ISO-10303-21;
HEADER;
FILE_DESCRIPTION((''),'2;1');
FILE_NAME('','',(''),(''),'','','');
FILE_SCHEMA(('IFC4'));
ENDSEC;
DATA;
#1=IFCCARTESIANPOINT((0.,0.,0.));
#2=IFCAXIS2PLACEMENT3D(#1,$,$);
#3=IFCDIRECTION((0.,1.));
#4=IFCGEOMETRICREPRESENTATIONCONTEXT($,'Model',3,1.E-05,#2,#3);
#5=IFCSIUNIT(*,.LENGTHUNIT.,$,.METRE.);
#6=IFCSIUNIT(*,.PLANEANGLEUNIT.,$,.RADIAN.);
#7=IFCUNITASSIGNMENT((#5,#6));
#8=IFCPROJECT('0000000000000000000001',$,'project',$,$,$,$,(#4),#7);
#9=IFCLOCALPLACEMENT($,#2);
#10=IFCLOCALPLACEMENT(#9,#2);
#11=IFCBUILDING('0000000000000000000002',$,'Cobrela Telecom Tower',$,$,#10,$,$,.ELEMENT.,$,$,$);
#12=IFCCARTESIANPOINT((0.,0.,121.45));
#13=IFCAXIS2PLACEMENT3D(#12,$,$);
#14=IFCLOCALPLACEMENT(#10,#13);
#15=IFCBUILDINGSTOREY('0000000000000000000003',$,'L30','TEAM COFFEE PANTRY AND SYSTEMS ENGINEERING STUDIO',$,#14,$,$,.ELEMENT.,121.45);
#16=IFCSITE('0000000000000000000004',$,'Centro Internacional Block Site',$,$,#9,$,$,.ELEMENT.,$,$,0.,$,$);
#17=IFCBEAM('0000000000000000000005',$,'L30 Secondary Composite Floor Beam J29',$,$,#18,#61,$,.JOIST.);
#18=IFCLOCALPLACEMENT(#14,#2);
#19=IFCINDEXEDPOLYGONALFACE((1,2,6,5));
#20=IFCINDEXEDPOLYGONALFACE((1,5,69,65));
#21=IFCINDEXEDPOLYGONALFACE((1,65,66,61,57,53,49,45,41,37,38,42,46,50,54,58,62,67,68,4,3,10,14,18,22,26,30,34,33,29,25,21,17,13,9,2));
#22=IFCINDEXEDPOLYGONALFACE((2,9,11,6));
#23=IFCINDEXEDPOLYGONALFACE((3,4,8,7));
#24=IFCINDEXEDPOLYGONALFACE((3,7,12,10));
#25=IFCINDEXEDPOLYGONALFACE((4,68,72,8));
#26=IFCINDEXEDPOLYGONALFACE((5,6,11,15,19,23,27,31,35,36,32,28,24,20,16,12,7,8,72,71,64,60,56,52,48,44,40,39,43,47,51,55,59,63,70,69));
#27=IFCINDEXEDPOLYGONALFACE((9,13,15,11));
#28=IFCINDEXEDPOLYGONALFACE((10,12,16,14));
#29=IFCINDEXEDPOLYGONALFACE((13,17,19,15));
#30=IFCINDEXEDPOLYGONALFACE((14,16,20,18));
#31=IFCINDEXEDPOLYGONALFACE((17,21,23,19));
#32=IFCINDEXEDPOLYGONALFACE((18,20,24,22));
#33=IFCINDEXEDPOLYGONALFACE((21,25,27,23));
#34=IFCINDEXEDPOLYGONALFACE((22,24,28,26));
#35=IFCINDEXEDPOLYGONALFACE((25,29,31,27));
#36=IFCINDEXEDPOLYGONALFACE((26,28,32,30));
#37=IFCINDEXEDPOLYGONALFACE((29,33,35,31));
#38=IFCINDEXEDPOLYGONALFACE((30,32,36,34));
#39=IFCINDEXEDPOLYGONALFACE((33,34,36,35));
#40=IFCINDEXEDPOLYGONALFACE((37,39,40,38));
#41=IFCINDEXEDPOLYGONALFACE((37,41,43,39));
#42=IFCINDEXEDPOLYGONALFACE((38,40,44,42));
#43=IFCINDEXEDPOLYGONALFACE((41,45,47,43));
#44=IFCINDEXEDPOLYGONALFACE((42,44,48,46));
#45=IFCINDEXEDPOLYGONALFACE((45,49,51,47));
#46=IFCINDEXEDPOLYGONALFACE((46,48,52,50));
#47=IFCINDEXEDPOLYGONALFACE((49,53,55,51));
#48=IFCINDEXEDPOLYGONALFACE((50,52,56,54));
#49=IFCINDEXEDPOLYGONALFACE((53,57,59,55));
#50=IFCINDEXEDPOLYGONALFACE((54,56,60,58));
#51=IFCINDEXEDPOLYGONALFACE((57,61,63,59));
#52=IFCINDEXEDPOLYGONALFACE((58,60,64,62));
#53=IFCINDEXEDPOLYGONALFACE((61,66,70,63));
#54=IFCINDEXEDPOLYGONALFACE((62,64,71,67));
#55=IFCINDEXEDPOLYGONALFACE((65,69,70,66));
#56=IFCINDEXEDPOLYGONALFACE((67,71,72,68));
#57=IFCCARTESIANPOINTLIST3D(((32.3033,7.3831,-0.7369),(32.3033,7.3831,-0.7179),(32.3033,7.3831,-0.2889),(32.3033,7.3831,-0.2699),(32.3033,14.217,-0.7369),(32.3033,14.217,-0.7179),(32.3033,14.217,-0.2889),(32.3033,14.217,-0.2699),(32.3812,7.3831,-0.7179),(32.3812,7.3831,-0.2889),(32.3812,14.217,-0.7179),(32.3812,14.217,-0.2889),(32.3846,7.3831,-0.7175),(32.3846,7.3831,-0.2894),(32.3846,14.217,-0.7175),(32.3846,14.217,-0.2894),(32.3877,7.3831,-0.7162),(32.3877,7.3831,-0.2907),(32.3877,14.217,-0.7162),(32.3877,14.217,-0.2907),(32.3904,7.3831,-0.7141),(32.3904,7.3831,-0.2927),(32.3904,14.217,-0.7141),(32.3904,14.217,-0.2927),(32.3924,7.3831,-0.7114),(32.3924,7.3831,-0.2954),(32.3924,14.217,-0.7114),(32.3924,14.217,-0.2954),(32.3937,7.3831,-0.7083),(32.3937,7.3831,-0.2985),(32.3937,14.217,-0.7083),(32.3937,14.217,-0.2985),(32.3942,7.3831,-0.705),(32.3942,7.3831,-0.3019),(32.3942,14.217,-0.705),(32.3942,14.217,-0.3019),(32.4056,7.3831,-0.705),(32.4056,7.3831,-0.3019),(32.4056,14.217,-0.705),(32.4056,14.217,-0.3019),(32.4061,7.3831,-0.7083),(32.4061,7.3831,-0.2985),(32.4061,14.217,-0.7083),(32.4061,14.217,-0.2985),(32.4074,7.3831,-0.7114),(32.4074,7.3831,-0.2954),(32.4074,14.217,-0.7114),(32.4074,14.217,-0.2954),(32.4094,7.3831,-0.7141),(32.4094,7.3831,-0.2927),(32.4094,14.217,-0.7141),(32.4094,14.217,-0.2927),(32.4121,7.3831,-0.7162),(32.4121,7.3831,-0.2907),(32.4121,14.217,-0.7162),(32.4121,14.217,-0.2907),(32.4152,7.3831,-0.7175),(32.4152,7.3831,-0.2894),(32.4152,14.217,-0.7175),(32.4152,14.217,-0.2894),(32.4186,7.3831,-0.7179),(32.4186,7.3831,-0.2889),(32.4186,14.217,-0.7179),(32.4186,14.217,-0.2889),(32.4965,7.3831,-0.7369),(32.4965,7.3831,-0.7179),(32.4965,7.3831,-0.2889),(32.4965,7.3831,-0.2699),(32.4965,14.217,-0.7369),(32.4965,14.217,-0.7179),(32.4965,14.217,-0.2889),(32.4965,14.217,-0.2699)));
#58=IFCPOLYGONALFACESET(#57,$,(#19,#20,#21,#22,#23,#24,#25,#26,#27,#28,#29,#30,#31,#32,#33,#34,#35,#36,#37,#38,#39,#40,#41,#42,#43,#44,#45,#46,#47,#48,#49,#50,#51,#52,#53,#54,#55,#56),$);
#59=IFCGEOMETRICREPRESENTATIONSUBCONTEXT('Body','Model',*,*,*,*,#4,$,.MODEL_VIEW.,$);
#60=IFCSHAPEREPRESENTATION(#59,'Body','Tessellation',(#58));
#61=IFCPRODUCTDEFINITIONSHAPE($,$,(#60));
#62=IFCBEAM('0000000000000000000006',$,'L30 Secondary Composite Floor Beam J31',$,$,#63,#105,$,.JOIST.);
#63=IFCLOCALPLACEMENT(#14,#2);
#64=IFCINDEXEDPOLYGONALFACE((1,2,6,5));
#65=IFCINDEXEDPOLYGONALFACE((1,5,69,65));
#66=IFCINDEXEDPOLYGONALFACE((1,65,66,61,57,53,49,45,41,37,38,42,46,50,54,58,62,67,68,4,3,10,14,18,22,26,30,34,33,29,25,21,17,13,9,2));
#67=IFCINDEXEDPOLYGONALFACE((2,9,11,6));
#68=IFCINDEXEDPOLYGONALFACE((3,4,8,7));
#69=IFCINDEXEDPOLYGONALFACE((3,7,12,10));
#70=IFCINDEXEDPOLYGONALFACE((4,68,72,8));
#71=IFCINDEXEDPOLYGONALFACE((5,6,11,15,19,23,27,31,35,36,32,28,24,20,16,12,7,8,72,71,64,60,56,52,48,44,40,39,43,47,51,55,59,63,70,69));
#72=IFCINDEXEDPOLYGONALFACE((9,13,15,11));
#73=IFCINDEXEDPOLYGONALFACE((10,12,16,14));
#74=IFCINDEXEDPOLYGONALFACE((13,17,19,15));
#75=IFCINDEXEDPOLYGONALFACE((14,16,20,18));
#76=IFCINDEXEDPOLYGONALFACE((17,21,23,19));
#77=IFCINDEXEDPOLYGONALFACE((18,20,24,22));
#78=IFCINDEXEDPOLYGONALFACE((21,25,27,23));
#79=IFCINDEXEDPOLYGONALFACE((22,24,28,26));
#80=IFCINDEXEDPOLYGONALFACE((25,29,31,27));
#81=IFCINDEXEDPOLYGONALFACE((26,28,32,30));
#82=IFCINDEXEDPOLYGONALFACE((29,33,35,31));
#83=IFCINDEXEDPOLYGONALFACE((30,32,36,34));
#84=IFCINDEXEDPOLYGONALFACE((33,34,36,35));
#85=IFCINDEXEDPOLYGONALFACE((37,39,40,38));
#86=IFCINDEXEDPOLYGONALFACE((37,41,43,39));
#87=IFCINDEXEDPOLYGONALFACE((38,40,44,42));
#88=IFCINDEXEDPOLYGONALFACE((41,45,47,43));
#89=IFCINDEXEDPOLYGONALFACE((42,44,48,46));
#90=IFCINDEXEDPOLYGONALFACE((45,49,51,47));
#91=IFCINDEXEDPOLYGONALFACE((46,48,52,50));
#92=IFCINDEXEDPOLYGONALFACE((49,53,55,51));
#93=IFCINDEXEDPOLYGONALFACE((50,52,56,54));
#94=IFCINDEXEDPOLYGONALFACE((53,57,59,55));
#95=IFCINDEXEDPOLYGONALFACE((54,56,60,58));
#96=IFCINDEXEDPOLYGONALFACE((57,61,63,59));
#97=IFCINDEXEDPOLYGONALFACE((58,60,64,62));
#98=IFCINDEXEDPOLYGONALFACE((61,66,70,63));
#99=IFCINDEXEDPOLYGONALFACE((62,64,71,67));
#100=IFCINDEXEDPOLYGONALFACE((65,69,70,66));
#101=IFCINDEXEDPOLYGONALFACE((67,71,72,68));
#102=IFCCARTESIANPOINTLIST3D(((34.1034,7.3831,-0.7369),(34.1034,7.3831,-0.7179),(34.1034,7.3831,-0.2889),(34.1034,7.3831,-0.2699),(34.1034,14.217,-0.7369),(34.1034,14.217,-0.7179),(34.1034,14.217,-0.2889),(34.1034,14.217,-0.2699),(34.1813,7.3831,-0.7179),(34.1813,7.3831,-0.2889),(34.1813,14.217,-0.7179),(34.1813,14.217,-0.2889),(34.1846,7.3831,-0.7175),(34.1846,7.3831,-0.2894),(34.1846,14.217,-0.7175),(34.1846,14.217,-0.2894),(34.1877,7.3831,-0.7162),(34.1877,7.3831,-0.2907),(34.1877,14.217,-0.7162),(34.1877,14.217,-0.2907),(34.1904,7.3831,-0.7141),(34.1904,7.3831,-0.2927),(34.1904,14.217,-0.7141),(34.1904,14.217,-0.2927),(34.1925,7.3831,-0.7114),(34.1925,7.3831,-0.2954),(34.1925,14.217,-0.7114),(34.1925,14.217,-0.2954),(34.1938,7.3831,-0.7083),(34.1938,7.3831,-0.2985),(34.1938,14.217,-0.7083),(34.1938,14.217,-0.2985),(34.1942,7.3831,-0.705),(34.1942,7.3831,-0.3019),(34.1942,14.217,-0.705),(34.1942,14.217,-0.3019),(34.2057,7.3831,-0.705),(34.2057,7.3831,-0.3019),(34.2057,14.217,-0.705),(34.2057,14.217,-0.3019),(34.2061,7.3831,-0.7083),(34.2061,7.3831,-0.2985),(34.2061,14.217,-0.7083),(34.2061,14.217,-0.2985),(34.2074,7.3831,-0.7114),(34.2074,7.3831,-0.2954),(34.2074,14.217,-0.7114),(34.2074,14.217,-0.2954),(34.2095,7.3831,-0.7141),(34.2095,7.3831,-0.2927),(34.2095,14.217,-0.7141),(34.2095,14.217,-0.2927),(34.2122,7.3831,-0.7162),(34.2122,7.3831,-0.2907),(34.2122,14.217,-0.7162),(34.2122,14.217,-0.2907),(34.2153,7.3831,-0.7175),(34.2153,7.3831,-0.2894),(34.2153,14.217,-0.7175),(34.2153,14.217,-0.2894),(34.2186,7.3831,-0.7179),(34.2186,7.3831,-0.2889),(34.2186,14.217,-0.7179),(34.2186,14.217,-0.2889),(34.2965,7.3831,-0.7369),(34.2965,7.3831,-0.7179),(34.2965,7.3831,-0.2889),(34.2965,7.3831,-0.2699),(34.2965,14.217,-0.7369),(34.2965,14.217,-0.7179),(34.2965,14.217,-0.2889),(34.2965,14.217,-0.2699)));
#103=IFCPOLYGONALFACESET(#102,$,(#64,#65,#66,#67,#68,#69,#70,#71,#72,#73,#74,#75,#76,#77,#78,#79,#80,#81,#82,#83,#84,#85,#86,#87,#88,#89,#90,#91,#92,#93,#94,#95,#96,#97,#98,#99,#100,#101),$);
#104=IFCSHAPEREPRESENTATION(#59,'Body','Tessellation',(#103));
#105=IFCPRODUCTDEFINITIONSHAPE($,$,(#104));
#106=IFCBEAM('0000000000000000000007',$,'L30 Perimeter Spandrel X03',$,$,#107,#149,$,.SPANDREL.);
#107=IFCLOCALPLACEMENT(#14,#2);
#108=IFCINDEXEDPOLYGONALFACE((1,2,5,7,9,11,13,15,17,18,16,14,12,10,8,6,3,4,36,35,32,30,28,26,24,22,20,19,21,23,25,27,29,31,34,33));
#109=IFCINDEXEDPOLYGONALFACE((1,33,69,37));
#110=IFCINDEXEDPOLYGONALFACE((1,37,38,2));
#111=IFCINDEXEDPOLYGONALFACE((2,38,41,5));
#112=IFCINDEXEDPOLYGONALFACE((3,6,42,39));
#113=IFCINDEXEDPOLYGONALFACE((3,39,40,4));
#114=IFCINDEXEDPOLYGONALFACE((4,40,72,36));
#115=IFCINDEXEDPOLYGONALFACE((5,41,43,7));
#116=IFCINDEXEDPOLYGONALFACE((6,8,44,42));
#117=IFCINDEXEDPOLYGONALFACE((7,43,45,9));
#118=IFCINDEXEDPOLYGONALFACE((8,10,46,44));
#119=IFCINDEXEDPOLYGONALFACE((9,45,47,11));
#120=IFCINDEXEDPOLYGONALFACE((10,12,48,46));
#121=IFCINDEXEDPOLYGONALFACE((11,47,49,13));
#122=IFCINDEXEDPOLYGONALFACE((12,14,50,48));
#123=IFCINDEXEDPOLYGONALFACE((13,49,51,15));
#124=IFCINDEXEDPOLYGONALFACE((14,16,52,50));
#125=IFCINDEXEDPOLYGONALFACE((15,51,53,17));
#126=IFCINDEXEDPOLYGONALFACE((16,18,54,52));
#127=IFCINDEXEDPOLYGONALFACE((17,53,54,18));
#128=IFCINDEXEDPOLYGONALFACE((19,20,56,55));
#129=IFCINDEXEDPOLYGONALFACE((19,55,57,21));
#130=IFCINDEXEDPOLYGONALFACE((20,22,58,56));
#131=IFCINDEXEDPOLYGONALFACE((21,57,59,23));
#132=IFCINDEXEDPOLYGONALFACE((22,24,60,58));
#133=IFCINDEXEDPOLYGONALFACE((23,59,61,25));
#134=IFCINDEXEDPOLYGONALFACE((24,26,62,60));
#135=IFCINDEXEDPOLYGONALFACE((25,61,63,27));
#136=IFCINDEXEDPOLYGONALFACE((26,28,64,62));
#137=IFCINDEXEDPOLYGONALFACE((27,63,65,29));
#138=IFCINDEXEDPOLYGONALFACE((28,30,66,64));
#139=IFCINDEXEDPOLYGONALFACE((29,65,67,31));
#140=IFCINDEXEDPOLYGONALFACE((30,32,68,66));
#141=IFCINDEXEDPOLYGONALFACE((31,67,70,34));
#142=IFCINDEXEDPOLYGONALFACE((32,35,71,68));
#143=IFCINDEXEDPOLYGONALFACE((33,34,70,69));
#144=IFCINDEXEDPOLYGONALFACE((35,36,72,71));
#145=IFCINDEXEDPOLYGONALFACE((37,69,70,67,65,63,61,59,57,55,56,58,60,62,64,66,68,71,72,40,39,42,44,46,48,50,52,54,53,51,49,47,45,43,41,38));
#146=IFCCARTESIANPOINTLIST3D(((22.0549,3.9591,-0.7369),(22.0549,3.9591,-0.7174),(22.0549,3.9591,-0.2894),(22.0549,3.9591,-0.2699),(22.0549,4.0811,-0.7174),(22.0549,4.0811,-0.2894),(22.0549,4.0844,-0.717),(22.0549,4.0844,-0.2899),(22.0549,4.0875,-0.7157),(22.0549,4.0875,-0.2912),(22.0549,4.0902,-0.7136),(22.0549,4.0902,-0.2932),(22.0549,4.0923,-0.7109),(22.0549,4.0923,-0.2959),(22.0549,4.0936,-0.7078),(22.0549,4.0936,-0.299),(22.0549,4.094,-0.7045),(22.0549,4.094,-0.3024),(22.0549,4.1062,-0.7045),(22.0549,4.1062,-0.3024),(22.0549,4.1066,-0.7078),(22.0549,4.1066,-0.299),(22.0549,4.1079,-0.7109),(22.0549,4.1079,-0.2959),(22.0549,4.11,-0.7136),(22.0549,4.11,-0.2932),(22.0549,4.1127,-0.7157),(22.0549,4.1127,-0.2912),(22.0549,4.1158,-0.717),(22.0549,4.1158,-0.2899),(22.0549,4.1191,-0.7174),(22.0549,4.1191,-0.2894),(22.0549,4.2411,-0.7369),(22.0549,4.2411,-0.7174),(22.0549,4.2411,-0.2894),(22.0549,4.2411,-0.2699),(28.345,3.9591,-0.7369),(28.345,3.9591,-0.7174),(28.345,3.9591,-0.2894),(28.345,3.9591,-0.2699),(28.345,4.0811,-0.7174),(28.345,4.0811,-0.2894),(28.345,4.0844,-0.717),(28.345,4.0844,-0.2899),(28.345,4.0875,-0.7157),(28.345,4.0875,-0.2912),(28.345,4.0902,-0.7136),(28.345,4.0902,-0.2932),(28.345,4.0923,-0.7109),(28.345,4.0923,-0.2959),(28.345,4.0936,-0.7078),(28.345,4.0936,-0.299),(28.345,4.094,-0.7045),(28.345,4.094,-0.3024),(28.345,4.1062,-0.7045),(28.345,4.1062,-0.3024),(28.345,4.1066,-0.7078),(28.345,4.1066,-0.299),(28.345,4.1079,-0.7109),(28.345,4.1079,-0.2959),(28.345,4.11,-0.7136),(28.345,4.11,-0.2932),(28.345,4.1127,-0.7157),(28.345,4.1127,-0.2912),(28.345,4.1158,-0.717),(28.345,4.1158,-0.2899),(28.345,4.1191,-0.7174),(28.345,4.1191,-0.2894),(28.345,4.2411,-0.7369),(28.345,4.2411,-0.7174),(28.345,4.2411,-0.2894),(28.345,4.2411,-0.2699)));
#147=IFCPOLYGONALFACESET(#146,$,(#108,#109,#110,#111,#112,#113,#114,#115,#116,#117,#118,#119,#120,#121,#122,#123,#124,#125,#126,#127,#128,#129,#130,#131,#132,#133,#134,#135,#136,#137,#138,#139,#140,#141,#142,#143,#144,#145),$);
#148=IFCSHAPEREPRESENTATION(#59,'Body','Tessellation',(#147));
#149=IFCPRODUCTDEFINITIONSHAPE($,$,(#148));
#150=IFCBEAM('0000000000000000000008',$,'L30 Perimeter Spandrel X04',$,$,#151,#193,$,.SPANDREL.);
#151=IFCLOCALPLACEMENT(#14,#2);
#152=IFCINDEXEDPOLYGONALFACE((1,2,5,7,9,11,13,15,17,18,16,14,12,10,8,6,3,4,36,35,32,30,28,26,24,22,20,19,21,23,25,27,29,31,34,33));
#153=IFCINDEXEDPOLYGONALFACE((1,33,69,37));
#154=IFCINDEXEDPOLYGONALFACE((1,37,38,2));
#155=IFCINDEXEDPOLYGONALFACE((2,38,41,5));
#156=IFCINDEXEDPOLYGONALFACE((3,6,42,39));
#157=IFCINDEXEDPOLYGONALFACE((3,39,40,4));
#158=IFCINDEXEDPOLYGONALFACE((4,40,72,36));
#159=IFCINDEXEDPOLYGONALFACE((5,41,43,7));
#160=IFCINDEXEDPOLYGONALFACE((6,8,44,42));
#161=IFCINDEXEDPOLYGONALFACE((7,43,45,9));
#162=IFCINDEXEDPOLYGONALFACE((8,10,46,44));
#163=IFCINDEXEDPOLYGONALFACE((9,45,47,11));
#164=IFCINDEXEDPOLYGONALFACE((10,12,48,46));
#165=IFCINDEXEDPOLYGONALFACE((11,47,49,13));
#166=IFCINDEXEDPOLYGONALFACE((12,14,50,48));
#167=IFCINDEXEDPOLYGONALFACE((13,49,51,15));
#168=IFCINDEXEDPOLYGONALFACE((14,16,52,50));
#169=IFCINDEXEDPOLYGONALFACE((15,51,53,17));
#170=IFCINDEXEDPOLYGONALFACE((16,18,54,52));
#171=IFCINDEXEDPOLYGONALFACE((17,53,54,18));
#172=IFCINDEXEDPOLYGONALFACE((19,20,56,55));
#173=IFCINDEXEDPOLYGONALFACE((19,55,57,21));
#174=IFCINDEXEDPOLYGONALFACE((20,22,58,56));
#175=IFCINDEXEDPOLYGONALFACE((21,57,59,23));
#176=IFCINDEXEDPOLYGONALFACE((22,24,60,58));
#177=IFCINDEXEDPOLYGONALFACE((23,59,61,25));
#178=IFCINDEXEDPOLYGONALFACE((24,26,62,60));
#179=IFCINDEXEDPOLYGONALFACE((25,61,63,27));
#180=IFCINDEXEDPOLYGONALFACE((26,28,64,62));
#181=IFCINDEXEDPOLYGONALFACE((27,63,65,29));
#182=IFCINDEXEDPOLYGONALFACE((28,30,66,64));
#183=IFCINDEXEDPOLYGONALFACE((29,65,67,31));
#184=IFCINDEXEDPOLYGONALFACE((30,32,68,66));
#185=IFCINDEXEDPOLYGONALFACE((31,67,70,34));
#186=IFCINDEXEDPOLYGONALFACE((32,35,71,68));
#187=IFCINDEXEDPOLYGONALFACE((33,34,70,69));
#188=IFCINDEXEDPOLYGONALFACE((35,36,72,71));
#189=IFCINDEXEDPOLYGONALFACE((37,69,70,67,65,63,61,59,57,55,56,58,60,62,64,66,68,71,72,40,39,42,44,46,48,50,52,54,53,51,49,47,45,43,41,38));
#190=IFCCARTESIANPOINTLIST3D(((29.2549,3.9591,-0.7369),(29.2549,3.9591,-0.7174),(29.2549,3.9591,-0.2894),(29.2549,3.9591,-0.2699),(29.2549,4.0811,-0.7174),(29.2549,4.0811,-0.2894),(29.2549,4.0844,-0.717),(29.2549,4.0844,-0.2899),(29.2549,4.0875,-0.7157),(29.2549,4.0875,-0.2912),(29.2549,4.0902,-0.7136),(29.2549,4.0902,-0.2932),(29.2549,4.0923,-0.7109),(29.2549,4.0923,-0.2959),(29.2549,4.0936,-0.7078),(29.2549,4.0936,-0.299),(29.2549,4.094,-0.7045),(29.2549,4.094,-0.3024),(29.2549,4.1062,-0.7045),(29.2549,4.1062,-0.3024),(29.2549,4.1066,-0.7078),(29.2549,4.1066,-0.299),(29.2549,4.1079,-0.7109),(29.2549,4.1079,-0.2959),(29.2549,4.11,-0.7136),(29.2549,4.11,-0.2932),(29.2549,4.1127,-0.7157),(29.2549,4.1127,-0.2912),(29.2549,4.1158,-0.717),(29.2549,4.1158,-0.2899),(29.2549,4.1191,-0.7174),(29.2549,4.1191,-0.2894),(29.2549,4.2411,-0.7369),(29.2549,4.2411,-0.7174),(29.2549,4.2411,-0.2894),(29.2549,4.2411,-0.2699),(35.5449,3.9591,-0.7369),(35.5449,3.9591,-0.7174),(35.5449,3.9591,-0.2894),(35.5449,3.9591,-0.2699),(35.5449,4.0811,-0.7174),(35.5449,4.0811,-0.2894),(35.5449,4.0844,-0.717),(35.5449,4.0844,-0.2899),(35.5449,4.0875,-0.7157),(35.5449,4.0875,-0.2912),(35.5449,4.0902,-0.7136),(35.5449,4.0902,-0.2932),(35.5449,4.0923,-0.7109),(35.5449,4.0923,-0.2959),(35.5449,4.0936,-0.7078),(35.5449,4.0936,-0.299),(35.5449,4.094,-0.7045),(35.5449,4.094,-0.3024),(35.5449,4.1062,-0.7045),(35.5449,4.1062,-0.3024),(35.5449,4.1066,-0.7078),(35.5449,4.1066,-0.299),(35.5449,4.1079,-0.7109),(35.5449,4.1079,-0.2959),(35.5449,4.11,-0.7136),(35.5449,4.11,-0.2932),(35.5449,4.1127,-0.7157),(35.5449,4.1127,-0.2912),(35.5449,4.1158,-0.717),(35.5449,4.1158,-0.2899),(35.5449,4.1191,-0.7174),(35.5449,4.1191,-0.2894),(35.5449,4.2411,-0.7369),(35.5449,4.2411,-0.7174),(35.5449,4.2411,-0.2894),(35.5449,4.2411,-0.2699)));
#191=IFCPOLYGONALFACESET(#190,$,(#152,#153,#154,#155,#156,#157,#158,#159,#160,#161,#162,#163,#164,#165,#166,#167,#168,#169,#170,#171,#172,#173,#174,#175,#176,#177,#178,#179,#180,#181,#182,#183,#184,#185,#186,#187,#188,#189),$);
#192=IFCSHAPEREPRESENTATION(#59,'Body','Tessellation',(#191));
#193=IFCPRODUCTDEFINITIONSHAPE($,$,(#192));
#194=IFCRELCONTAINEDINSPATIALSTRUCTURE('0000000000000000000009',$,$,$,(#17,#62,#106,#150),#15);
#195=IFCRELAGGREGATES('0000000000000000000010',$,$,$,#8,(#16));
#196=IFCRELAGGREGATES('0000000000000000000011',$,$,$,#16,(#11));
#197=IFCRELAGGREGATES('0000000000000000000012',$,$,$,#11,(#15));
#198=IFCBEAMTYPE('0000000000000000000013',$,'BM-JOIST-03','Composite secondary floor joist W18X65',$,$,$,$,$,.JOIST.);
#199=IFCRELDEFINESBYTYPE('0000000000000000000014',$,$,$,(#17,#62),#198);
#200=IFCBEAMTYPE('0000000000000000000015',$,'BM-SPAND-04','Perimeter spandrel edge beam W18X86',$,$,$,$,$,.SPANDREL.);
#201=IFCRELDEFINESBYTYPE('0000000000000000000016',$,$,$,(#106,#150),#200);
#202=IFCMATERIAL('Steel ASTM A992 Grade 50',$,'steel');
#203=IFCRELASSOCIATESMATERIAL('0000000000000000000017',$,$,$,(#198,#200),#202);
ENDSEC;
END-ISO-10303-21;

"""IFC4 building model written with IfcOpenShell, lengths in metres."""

from ifc_helpers import new_model, si_unit, direction, frame, origin, origin_2d, place, context, subcontext, project, spatial, i_section, extrude, material, material_profile, profile_set, type_object, element, save


model = new_model("IFC4")

# Units and contexts
model_context = context("Model", 3, precision=1e-05, world=origin(), true_north=direction((0.0, 1.0)))
body_context = subcontext(model_context, "Body", "Model", "MODEL_VIEW")
ifc_project = project(units=[si_unit("LENGTHUNIT", "METRE"), si_unit("PLANEANGLEUNIT", "RADIAN")], contexts=[model_context])

# Site, building, storey
site_placement = place(None, origin())
site = spatial("IfcSite", under=ifc_project, at=site_placement, Name="Centro Internacional Block Site", CompositionType="ELEMENT", RefElevation=0.0)
building_placement = place(site_placement, origin())
building = spatial("IfcBuilding", under=site, at=building_placement, Name="Cobrela Telecom Tower", CompositionType="ELEMENT")
storey_placement = place(building_placement, frame((0.0, 0.0, 121.45)))
storey = spatial("IfcBuildingStorey", under=building, at=storey_placement, Name="L30", Description="TEAM COFFEE PANTRY AND SYSTEMS ENGINEERING STUDIO", CompositionType="ELEMENT", Elevation=121.45)

# Shared definitions
ifc_material_1 = material(Name="Steel ASTM A992 Grade 50", Category="steel")

# Beams
ifc_material_profile_1 = material_profile(ifc_material_1, i_section(OverallWidth=0.1931, OverallDepth=0.467, WebThickness=0.0115, FlangeThickness=0.019, FilletRadius=0.0129, at=origin_2d()), Name="W18X65")
ifc_profile_set_1 = profile_set([ifc_material_profile_1], Name="Steel ASTM A992 Grade 50")
beam_type_1 = type_object("IfcBeamType", Name="BM-JOIST-03", Description="Composite secondary floor joist W18X65", PredefinedType="JOIST", material=ifc_profile_set_1)
for number, where, z_axis, x_axis, name in (
    (1, (32.3999, 7.3831, -0.5034), (0.0, 1.0, 0.0), (-1.0, 0.0, 0.0), "L30 Secondary Composite Floor Beam J29"),
    (2, (34.2, 7.3831, -0.5034), (0.0, 1.0, 0.0), (-1.0, 0.0, 0.0), "L30 Secondary Composite Floor Beam J31"),
):
    element("IfcBeam", number, at=place(storey_placement, frame(where, z_axis=z_axis, x_axis=x_axis)), inside=storey, type_object=beam_type_1, Name=name, PredefinedType="JOIST", context=body_context, shape_type="SweptSolid", body=[
        extrude(i_section(OverallWidth=0.1931, OverallDepth=0.467, WebThickness=0.0115, FlangeThickness=0.019, FilletRadius=0.0129, at=origin_2d()), origin(), (0.0, 0.0, 1.0), 6.834),
    ])
ifc_material_profile_2 = material_profile(ifc_material_1, i_section(OverallWidth=0.282, OverallDepth=0.467, WebThickness=0.0122, FlangeThickness=0.0195, FilletRadius=0.0129, at=origin_2d()), Name="W18X86")
ifc_profile_set_2 = profile_set([ifc_material_profile_2], Name="Steel ASTM A992 Grade 50")
beam_type_2 = type_object("IfcBeamType", Name="BM-SPAND-04", Description="Perimeter spandrel edge beam W18X86", PredefinedType="SPANDREL", material=ifc_profile_set_2)
for number, where, z_axis, x_axis, name in (
    (3, (22.0549, 4.1001, -0.5034), (1.0, 0.0, 0.0), (0.0, 1.0, 0.0), "L30 Perimeter Spandrel X03"),
    (4, (29.2549, 4.1001, -0.5034), (1.0, 0.0, 0.0), (0.0, 1.0, 0.0), "L30 Perimeter Spandrel X04"),
):
    element("IfcBeam", number, at=place(storey_placement, frame(where, z_axis=z_axis, x_axis=x_axis)), inside=storey, type_object=beam_type_2, Name=name, PredefinedType="SPANDREL", context=body_context, shape_type="SweptSolid", body=[
        extrude(i_section(OverallWidth=0.282, OverallDepth=0.467, WebThickness=0.0122, FlangeThickness=0.0195, FilletRadius=0.0129, at=origin_2d()), origin(), (0.0, 0.0, 1.0), 6.29),
    ])

save(model, "model.ifc")
